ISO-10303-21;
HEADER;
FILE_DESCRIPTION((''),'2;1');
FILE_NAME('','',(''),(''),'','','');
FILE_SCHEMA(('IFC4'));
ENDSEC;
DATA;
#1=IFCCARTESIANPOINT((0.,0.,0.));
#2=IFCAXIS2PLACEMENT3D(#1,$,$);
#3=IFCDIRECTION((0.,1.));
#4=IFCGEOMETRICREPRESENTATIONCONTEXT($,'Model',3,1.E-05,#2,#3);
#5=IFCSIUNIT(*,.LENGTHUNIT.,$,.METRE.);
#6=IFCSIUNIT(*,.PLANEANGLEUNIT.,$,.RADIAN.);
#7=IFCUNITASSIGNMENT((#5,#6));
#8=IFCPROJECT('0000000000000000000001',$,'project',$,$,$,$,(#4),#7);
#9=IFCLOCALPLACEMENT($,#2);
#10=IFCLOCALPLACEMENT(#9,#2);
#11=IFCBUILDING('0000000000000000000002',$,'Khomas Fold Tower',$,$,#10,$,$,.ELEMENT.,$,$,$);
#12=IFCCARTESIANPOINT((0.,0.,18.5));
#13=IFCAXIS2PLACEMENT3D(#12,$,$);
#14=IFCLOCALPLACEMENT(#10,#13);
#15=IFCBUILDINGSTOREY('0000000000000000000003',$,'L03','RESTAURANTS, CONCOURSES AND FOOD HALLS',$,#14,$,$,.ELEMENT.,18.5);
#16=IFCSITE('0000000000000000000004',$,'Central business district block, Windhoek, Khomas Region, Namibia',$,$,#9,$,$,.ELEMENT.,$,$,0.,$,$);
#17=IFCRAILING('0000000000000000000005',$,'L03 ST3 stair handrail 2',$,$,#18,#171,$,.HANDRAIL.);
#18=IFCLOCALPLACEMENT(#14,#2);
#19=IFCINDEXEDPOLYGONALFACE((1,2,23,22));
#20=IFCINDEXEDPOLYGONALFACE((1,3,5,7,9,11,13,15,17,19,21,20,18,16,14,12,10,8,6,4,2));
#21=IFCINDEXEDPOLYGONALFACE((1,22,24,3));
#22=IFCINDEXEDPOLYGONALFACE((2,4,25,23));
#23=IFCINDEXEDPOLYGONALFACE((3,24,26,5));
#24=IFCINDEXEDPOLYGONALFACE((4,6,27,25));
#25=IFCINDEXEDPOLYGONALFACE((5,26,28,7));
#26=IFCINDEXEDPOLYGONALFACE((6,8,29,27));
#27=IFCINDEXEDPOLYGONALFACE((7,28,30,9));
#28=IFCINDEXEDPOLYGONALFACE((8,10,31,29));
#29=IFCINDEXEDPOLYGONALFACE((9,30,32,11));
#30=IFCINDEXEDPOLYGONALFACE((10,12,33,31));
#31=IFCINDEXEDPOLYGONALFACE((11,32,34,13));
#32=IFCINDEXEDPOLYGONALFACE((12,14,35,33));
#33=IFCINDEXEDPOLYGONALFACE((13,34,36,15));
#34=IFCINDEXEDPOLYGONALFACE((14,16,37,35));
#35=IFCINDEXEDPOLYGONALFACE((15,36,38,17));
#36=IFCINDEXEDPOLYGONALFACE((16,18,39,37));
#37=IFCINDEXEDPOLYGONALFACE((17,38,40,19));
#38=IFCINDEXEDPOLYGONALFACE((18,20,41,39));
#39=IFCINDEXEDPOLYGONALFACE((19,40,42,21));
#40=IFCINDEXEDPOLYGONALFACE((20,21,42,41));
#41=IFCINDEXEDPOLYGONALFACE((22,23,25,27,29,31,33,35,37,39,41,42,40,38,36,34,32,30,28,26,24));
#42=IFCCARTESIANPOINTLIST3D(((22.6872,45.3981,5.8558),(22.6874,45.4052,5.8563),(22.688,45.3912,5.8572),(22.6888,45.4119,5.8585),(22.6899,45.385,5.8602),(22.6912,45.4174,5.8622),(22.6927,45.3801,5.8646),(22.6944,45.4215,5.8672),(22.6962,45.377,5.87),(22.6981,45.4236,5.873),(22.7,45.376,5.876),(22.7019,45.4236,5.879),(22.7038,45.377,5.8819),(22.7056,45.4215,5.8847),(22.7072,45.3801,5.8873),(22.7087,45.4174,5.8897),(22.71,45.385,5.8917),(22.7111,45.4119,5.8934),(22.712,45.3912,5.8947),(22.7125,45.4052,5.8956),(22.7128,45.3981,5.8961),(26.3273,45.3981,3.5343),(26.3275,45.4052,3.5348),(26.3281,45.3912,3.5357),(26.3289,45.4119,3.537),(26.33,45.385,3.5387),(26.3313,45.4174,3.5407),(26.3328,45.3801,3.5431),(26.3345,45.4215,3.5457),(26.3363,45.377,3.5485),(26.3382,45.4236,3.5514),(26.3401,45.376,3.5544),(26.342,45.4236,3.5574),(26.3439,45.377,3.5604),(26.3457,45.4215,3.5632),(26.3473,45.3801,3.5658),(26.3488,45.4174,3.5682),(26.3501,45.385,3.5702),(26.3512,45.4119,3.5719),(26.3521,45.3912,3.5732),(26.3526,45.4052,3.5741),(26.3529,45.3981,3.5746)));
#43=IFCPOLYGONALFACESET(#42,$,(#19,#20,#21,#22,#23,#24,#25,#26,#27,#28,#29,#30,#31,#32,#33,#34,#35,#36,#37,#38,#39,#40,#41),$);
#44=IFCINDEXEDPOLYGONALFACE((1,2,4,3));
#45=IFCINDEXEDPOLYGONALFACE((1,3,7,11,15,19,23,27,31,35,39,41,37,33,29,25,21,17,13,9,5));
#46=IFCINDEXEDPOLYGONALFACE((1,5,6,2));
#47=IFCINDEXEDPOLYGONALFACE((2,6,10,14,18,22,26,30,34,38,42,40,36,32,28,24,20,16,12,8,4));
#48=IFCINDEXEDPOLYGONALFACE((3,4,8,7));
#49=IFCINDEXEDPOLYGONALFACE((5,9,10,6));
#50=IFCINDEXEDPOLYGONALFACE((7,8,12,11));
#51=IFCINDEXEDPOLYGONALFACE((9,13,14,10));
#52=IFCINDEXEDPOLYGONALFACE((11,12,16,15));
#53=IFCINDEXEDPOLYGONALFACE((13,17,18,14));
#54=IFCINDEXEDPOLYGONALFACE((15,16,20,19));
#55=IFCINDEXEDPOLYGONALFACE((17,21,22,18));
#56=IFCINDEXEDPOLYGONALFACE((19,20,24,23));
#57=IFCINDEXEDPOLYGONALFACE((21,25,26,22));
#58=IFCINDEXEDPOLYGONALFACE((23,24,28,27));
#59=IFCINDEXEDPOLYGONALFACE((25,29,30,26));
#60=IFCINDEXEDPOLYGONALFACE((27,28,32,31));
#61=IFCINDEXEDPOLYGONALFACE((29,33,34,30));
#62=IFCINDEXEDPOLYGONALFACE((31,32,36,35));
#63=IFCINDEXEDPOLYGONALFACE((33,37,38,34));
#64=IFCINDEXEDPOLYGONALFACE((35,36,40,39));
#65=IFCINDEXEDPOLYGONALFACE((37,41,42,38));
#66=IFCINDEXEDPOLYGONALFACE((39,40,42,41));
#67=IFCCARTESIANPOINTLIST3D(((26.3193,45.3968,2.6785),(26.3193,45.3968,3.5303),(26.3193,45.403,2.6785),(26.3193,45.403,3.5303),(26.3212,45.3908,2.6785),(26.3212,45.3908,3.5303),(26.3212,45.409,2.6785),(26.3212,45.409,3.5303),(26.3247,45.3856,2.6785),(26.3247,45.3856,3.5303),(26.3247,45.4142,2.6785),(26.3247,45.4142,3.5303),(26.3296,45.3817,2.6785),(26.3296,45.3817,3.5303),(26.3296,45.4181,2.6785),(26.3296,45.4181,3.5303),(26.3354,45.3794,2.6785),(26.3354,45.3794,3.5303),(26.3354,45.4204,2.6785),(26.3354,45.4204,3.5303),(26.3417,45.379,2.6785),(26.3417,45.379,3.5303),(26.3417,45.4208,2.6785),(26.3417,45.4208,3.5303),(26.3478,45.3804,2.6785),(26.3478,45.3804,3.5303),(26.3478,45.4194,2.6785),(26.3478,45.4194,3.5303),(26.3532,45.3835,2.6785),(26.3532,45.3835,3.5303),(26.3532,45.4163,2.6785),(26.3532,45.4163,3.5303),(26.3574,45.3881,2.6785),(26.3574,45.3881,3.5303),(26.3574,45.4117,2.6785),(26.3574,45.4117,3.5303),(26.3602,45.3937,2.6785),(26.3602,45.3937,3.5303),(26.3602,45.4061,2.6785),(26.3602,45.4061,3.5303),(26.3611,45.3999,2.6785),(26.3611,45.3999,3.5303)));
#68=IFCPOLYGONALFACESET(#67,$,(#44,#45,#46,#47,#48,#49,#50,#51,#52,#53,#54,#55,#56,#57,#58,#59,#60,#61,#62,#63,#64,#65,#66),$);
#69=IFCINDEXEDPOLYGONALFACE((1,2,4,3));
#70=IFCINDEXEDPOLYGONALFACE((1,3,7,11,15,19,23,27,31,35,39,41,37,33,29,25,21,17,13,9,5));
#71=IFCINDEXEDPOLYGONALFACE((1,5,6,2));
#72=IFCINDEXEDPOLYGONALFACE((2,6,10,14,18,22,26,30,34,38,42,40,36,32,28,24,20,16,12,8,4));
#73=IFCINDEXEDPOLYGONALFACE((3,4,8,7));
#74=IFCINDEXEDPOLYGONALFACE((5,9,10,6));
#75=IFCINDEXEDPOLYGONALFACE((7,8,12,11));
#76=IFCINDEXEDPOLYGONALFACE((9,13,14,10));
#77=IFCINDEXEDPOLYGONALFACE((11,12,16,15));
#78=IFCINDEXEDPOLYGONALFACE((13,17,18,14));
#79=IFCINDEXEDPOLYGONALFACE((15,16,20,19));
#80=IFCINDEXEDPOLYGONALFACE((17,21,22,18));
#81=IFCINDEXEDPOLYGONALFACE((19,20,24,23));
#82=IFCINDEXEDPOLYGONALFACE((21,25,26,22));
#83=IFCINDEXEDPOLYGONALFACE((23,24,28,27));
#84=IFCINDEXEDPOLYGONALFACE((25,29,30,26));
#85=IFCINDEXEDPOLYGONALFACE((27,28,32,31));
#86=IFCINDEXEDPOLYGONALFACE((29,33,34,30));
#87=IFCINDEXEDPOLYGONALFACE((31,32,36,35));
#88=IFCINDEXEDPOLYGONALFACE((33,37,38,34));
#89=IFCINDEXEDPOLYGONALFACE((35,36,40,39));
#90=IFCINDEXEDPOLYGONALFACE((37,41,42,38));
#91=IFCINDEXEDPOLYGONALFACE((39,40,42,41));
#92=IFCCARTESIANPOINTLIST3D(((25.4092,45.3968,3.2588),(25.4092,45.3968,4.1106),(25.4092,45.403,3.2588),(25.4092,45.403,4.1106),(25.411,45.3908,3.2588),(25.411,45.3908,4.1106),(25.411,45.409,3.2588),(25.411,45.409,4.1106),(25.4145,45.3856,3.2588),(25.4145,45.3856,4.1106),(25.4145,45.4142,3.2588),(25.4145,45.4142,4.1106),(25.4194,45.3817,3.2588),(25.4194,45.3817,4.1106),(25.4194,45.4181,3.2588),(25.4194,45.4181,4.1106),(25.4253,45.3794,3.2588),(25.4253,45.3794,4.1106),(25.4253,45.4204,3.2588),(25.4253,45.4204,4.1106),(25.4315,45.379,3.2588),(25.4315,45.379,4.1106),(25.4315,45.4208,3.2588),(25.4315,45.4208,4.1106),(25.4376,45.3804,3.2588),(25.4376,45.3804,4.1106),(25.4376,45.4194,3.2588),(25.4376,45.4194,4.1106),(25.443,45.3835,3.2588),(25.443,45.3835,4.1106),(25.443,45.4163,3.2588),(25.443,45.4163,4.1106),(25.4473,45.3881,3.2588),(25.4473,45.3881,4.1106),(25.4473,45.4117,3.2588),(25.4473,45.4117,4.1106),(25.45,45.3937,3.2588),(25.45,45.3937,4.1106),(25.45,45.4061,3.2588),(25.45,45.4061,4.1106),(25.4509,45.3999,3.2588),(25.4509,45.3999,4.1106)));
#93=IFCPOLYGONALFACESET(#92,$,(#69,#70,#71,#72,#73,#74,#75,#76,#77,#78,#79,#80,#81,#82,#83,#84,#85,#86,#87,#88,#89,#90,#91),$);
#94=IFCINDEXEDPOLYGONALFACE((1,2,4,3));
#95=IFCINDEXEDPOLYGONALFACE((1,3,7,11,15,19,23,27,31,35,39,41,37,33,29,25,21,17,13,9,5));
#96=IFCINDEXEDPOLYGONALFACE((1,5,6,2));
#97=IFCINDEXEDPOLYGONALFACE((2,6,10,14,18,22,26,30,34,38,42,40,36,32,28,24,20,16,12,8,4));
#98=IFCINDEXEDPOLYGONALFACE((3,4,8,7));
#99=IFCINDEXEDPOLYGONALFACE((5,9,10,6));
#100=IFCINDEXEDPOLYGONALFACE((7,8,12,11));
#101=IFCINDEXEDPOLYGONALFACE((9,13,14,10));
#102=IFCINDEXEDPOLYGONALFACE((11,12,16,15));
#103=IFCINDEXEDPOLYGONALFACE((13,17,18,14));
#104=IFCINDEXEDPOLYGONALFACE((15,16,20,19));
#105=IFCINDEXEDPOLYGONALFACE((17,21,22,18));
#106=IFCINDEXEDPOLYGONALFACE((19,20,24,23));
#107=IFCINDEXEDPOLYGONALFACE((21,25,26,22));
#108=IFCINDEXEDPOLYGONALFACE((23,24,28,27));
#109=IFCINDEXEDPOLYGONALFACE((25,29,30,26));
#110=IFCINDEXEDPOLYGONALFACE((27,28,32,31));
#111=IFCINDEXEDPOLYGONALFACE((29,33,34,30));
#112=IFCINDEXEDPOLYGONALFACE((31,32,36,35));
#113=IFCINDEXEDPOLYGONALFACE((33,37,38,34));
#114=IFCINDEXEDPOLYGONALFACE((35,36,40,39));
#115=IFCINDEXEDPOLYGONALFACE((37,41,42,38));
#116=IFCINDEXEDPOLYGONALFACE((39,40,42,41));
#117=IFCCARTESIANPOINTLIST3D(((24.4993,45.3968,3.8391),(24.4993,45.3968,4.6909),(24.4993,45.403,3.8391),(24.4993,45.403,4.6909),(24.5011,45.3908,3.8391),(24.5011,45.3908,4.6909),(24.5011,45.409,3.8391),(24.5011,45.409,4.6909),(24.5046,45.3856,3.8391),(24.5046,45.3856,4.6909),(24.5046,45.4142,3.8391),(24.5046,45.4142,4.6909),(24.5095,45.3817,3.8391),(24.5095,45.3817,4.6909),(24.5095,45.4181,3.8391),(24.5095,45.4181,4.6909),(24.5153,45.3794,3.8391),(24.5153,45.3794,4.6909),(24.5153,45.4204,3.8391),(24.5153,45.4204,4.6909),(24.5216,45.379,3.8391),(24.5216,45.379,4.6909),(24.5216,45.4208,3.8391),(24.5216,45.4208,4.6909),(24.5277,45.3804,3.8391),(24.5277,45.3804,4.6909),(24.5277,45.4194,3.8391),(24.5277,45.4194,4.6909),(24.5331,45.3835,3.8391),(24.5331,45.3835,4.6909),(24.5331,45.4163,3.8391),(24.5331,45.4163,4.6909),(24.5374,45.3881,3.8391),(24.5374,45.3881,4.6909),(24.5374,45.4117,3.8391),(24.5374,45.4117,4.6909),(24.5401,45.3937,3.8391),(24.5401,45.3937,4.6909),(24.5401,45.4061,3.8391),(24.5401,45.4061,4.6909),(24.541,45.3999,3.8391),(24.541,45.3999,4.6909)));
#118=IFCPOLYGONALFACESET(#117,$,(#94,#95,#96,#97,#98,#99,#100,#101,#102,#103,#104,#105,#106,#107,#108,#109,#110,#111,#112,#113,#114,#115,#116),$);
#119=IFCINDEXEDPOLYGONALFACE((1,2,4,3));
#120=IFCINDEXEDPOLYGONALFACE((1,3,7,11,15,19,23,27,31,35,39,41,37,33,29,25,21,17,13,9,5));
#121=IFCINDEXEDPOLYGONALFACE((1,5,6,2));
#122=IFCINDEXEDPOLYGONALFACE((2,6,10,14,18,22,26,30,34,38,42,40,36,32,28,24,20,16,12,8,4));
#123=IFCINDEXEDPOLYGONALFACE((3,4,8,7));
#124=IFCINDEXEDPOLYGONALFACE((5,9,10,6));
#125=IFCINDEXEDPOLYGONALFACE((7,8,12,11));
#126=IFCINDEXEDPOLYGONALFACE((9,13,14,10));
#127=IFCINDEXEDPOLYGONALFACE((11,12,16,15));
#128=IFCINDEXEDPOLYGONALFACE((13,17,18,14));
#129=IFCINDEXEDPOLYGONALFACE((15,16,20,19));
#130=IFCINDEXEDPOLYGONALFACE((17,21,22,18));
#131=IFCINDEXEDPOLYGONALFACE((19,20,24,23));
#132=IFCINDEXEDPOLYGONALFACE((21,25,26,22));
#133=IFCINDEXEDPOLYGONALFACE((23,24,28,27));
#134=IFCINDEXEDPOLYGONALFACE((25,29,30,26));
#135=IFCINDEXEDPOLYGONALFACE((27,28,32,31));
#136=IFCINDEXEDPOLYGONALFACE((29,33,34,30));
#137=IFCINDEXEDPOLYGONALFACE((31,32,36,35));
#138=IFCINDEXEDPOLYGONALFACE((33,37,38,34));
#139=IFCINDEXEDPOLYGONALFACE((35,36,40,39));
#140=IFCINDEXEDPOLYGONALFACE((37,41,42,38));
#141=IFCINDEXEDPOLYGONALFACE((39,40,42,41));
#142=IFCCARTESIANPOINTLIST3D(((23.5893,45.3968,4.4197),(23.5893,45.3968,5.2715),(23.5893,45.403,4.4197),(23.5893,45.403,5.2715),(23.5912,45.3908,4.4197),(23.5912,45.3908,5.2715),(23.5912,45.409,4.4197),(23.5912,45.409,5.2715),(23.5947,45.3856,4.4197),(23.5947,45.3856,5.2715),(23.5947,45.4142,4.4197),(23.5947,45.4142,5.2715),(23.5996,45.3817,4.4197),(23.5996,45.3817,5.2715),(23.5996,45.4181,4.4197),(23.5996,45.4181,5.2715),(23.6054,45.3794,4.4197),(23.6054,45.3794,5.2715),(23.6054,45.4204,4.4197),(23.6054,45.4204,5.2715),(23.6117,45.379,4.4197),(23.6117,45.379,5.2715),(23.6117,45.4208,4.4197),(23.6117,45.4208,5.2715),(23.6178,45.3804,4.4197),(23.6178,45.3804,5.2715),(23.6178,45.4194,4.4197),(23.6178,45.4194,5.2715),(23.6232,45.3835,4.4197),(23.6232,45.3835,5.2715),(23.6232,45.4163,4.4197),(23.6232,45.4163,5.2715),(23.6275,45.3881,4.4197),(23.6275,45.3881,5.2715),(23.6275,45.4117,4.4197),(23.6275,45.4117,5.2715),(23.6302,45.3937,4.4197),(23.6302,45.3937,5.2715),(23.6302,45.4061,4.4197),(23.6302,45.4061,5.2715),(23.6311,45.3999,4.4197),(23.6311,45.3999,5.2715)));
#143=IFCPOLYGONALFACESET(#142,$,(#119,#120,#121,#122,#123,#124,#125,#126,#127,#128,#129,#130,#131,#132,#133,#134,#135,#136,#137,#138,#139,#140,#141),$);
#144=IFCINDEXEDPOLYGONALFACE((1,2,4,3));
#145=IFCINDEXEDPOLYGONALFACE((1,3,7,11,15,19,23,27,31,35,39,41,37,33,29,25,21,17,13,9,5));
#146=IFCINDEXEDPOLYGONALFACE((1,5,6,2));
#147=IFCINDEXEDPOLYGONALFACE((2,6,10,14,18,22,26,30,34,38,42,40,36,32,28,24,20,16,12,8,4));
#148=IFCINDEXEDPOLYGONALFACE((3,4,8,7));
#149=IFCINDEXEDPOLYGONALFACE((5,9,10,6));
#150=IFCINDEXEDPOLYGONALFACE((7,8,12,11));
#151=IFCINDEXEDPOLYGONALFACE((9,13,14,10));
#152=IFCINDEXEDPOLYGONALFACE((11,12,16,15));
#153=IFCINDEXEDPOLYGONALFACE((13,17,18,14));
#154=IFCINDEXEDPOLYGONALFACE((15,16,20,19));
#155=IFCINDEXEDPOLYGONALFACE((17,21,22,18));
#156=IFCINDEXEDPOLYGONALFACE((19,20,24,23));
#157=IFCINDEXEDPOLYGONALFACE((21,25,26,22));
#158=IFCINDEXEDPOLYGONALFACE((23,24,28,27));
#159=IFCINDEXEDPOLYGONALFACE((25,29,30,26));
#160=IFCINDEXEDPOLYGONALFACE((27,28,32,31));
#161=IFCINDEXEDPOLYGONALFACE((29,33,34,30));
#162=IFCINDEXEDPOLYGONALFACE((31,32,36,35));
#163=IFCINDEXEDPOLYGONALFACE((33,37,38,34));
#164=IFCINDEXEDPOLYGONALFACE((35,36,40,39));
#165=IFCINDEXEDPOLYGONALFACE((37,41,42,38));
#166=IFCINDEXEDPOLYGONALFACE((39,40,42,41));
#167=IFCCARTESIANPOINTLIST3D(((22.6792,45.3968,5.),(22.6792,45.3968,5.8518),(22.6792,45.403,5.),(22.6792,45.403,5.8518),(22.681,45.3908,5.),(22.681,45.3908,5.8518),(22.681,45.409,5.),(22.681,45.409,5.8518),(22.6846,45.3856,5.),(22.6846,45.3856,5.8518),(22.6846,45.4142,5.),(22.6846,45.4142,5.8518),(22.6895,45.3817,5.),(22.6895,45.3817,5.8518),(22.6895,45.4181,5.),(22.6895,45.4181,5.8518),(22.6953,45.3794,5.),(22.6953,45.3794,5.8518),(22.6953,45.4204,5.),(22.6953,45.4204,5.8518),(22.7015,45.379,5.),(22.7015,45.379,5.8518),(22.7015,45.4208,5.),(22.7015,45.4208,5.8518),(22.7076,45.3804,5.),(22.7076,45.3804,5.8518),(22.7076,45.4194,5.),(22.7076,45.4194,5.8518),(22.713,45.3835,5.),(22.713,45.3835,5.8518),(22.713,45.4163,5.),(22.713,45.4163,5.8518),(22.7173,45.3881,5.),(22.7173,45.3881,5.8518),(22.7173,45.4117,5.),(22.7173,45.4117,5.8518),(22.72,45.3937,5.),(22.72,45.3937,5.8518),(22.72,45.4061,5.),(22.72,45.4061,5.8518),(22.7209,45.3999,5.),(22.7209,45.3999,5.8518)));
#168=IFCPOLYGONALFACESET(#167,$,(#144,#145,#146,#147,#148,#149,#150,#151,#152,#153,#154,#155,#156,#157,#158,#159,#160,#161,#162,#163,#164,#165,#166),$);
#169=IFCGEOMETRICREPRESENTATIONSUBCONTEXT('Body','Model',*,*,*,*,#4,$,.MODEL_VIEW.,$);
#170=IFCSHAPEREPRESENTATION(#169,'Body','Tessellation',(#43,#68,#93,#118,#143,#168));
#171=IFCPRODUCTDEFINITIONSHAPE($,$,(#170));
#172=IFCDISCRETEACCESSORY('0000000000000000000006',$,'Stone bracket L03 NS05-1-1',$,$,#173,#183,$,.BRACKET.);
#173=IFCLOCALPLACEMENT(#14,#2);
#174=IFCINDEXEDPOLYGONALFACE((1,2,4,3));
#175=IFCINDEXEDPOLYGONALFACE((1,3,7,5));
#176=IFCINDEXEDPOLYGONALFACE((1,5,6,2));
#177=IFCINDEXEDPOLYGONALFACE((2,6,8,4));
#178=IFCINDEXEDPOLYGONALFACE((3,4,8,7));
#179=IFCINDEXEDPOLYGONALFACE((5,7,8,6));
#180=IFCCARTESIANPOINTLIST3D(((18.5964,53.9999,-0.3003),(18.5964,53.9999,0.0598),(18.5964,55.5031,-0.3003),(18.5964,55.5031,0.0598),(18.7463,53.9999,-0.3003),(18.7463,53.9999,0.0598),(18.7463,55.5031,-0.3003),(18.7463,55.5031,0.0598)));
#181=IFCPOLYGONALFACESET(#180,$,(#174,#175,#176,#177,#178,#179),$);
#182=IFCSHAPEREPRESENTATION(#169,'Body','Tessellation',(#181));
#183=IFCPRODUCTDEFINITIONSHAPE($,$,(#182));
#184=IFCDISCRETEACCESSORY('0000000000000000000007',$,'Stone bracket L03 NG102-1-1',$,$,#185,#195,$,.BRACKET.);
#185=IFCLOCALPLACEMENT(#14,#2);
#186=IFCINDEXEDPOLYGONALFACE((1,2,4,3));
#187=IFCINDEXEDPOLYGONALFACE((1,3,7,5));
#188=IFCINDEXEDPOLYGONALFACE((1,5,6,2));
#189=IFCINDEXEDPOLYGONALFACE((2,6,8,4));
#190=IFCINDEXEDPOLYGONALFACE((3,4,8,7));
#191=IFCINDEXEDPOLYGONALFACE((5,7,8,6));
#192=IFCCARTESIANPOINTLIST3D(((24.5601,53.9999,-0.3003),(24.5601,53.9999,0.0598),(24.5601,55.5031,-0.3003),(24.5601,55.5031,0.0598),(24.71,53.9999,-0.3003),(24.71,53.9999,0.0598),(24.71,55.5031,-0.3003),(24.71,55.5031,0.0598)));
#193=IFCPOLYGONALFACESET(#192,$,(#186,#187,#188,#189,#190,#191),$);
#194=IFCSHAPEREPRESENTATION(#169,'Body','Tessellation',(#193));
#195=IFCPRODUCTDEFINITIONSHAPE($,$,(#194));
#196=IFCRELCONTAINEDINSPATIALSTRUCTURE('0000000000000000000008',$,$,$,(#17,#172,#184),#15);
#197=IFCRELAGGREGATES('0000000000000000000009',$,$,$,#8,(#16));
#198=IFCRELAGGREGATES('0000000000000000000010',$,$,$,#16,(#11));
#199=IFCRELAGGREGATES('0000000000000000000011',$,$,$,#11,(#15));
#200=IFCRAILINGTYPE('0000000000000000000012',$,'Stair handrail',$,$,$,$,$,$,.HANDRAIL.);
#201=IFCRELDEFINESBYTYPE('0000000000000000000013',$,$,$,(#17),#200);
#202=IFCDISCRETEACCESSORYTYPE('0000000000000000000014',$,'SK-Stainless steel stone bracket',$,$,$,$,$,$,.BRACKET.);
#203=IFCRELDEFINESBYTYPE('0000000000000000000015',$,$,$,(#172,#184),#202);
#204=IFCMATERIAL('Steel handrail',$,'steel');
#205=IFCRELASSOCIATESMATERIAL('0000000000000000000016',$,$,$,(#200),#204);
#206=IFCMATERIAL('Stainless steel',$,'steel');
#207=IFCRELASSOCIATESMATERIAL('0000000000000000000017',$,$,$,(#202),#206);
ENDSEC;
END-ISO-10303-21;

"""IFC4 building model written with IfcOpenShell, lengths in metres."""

from ifc_helpers import new_model, si_unit, direction, frame, origin, origin_2d, place, context, subcontext, project, spatial, rectangle, circle, extrude, source, transform, mapped, material, type_object, element, save


model = new_model("IFC4")

# Units and contexts
model_context = context("Model", 3, precision=1e-05, world=origin(), true_north=direction((0.0, 1.0)))
body_context = subcontext(model_context, "Body", "Model", "MODEL_VIEW")
ifc_project = project(units=[si_unit("LENGTHUNIT", "METRE"), si_unit("PLANEANGLEUNIT", "RADIAN")], contexts=[model_context])

# Site, building, storey
site_placement = place(None, origin())
site = spatial("IfcSite", under=ifc_project, at=site_placement, Name="Central business district block, Windhoek, Khomas Region, Namibia", CompositionType="ELEMENT", RefElevation=0.0)
building_placement = place(site_placement, origin())
building = spatial("IfcBuilding", under=site, at=building_placement, Name="Khomas Fold Tower", CompositionType="ELEMENT")
storey_placement = place(building_placement, frame((0.0, 0.0, 18.5)))
storey = spatial("IfcBuildingStorey", under=building, at=storey_placement, Name="L03", Description="RESTAURANTS, CONCOURSES AND FOOD HALLS", CompositionType="ELEMENT", Elevation=18.5)

# Railing
ifc_material_1 = material(Name="Steel handrail", Category="steel")
railing_type_1 = type_object("IfcRailingType", Name="Stair handrail", PredefinedType="HANDRAIL", material=ifc_material_1)
shared_shape_1 = source(origin(), body_context, "Body", "SweptSolid", [
    extrude(circle(Radius=0.0239, at=origin_2d()), frame((0.0, 0.0, 0.876), z_axis=(-0.843128, 0.0, 0.537713), x_axis=(0.0, -1.0, 0.0)), (0.0, 0.0, 1.0), 4.3174),
    extrude(circle(Radius=0.021, at=origin_2d()), origin(), (0.0, 0.0, 1.0), 0.8518),
    extrude(circle(Radius=0.021, at=origin_2d()), frame((-0.9102, 0.0, 0.5803)), (0.0, 0.0, 1.0), 0.8518),
    extrude(circle(Radius=0.021, at=origin_2d()), frame((-1.8201, 0.0, 1.1606)), (0.0, 0.0, 1.0), 0.8518),
    extrude(circle(Radius=0.021, at=origin_2d()), frame((-2.73, 0.0, 1.7412)), (0.0, 0.0, 1.0), 0.8518),
    extrude(circle(Radius=0.021, at=origin_2d()), frame((-3.6401, 0.0, 2.3215)), (0.0, 0.0, 1.0), 0.8518),
])
railing_1_placement = place(storey_placement, frame((26.3401, 45.3999, 2.6785)))
element("IfcRailing", 1, at=railing_1_placement, inside=storey, type_object=railing_type_1, Name="L03 ST3 stair handrail 2", PredefinedType="HANDRAIL", context=body_context, shape_type="MappedRepresentation", body=[
    mapped(shared_shape_1, transform((0.0, 0.0, 0.0))),
])

# Discrete accessories
ifc_material_2 = material(Name="Stainless steel", Category="steel")
discrete_accessory_type = type_object("IfcDiscreteAccessoryType", Name="SK-Stainless steel stone bracket", PredefinedType="BRACKET", material=ifc_material_2)
shared_shape_2 = source(origin(), body_context, "Body", "SweptSolid", [
    extrude(rectangle(XDim=1.5032, YDim=0.1499, at=origin_2d()), origin(), (0.0, 0.0, 1.0), 0.3601),
])
for number, where, z_axis, x_axis, name in (
    (2, (18.6714, 54.7515, -0.3003), (0.0, 0.0, 1.0), (0.0, 1.0, 0.0), "Stone bracket L03 NS05-1-1"),
    (3, (24.635, 54.7515, -0.3003), (0.0, 0.0, 1.0), (0.0, 1.0, 0.0), "Stone bracket L03 NG102-1-1"),
):
    element("IfcDiscreteAccessory", number, at=place(storey_placement, frame(where, z_axis=z_axis, x_axis=x_axis)), inside=storey, type_object=discrete_accessory_type, Name=name, PredefinedType="BRACKET", context=body_context, shape_type="MappedRepresentation", body=[
        mapped(shared_shape_2, transform((0.0, 0.0, 0.0))),
    ])

save(model, "model.ifc")
